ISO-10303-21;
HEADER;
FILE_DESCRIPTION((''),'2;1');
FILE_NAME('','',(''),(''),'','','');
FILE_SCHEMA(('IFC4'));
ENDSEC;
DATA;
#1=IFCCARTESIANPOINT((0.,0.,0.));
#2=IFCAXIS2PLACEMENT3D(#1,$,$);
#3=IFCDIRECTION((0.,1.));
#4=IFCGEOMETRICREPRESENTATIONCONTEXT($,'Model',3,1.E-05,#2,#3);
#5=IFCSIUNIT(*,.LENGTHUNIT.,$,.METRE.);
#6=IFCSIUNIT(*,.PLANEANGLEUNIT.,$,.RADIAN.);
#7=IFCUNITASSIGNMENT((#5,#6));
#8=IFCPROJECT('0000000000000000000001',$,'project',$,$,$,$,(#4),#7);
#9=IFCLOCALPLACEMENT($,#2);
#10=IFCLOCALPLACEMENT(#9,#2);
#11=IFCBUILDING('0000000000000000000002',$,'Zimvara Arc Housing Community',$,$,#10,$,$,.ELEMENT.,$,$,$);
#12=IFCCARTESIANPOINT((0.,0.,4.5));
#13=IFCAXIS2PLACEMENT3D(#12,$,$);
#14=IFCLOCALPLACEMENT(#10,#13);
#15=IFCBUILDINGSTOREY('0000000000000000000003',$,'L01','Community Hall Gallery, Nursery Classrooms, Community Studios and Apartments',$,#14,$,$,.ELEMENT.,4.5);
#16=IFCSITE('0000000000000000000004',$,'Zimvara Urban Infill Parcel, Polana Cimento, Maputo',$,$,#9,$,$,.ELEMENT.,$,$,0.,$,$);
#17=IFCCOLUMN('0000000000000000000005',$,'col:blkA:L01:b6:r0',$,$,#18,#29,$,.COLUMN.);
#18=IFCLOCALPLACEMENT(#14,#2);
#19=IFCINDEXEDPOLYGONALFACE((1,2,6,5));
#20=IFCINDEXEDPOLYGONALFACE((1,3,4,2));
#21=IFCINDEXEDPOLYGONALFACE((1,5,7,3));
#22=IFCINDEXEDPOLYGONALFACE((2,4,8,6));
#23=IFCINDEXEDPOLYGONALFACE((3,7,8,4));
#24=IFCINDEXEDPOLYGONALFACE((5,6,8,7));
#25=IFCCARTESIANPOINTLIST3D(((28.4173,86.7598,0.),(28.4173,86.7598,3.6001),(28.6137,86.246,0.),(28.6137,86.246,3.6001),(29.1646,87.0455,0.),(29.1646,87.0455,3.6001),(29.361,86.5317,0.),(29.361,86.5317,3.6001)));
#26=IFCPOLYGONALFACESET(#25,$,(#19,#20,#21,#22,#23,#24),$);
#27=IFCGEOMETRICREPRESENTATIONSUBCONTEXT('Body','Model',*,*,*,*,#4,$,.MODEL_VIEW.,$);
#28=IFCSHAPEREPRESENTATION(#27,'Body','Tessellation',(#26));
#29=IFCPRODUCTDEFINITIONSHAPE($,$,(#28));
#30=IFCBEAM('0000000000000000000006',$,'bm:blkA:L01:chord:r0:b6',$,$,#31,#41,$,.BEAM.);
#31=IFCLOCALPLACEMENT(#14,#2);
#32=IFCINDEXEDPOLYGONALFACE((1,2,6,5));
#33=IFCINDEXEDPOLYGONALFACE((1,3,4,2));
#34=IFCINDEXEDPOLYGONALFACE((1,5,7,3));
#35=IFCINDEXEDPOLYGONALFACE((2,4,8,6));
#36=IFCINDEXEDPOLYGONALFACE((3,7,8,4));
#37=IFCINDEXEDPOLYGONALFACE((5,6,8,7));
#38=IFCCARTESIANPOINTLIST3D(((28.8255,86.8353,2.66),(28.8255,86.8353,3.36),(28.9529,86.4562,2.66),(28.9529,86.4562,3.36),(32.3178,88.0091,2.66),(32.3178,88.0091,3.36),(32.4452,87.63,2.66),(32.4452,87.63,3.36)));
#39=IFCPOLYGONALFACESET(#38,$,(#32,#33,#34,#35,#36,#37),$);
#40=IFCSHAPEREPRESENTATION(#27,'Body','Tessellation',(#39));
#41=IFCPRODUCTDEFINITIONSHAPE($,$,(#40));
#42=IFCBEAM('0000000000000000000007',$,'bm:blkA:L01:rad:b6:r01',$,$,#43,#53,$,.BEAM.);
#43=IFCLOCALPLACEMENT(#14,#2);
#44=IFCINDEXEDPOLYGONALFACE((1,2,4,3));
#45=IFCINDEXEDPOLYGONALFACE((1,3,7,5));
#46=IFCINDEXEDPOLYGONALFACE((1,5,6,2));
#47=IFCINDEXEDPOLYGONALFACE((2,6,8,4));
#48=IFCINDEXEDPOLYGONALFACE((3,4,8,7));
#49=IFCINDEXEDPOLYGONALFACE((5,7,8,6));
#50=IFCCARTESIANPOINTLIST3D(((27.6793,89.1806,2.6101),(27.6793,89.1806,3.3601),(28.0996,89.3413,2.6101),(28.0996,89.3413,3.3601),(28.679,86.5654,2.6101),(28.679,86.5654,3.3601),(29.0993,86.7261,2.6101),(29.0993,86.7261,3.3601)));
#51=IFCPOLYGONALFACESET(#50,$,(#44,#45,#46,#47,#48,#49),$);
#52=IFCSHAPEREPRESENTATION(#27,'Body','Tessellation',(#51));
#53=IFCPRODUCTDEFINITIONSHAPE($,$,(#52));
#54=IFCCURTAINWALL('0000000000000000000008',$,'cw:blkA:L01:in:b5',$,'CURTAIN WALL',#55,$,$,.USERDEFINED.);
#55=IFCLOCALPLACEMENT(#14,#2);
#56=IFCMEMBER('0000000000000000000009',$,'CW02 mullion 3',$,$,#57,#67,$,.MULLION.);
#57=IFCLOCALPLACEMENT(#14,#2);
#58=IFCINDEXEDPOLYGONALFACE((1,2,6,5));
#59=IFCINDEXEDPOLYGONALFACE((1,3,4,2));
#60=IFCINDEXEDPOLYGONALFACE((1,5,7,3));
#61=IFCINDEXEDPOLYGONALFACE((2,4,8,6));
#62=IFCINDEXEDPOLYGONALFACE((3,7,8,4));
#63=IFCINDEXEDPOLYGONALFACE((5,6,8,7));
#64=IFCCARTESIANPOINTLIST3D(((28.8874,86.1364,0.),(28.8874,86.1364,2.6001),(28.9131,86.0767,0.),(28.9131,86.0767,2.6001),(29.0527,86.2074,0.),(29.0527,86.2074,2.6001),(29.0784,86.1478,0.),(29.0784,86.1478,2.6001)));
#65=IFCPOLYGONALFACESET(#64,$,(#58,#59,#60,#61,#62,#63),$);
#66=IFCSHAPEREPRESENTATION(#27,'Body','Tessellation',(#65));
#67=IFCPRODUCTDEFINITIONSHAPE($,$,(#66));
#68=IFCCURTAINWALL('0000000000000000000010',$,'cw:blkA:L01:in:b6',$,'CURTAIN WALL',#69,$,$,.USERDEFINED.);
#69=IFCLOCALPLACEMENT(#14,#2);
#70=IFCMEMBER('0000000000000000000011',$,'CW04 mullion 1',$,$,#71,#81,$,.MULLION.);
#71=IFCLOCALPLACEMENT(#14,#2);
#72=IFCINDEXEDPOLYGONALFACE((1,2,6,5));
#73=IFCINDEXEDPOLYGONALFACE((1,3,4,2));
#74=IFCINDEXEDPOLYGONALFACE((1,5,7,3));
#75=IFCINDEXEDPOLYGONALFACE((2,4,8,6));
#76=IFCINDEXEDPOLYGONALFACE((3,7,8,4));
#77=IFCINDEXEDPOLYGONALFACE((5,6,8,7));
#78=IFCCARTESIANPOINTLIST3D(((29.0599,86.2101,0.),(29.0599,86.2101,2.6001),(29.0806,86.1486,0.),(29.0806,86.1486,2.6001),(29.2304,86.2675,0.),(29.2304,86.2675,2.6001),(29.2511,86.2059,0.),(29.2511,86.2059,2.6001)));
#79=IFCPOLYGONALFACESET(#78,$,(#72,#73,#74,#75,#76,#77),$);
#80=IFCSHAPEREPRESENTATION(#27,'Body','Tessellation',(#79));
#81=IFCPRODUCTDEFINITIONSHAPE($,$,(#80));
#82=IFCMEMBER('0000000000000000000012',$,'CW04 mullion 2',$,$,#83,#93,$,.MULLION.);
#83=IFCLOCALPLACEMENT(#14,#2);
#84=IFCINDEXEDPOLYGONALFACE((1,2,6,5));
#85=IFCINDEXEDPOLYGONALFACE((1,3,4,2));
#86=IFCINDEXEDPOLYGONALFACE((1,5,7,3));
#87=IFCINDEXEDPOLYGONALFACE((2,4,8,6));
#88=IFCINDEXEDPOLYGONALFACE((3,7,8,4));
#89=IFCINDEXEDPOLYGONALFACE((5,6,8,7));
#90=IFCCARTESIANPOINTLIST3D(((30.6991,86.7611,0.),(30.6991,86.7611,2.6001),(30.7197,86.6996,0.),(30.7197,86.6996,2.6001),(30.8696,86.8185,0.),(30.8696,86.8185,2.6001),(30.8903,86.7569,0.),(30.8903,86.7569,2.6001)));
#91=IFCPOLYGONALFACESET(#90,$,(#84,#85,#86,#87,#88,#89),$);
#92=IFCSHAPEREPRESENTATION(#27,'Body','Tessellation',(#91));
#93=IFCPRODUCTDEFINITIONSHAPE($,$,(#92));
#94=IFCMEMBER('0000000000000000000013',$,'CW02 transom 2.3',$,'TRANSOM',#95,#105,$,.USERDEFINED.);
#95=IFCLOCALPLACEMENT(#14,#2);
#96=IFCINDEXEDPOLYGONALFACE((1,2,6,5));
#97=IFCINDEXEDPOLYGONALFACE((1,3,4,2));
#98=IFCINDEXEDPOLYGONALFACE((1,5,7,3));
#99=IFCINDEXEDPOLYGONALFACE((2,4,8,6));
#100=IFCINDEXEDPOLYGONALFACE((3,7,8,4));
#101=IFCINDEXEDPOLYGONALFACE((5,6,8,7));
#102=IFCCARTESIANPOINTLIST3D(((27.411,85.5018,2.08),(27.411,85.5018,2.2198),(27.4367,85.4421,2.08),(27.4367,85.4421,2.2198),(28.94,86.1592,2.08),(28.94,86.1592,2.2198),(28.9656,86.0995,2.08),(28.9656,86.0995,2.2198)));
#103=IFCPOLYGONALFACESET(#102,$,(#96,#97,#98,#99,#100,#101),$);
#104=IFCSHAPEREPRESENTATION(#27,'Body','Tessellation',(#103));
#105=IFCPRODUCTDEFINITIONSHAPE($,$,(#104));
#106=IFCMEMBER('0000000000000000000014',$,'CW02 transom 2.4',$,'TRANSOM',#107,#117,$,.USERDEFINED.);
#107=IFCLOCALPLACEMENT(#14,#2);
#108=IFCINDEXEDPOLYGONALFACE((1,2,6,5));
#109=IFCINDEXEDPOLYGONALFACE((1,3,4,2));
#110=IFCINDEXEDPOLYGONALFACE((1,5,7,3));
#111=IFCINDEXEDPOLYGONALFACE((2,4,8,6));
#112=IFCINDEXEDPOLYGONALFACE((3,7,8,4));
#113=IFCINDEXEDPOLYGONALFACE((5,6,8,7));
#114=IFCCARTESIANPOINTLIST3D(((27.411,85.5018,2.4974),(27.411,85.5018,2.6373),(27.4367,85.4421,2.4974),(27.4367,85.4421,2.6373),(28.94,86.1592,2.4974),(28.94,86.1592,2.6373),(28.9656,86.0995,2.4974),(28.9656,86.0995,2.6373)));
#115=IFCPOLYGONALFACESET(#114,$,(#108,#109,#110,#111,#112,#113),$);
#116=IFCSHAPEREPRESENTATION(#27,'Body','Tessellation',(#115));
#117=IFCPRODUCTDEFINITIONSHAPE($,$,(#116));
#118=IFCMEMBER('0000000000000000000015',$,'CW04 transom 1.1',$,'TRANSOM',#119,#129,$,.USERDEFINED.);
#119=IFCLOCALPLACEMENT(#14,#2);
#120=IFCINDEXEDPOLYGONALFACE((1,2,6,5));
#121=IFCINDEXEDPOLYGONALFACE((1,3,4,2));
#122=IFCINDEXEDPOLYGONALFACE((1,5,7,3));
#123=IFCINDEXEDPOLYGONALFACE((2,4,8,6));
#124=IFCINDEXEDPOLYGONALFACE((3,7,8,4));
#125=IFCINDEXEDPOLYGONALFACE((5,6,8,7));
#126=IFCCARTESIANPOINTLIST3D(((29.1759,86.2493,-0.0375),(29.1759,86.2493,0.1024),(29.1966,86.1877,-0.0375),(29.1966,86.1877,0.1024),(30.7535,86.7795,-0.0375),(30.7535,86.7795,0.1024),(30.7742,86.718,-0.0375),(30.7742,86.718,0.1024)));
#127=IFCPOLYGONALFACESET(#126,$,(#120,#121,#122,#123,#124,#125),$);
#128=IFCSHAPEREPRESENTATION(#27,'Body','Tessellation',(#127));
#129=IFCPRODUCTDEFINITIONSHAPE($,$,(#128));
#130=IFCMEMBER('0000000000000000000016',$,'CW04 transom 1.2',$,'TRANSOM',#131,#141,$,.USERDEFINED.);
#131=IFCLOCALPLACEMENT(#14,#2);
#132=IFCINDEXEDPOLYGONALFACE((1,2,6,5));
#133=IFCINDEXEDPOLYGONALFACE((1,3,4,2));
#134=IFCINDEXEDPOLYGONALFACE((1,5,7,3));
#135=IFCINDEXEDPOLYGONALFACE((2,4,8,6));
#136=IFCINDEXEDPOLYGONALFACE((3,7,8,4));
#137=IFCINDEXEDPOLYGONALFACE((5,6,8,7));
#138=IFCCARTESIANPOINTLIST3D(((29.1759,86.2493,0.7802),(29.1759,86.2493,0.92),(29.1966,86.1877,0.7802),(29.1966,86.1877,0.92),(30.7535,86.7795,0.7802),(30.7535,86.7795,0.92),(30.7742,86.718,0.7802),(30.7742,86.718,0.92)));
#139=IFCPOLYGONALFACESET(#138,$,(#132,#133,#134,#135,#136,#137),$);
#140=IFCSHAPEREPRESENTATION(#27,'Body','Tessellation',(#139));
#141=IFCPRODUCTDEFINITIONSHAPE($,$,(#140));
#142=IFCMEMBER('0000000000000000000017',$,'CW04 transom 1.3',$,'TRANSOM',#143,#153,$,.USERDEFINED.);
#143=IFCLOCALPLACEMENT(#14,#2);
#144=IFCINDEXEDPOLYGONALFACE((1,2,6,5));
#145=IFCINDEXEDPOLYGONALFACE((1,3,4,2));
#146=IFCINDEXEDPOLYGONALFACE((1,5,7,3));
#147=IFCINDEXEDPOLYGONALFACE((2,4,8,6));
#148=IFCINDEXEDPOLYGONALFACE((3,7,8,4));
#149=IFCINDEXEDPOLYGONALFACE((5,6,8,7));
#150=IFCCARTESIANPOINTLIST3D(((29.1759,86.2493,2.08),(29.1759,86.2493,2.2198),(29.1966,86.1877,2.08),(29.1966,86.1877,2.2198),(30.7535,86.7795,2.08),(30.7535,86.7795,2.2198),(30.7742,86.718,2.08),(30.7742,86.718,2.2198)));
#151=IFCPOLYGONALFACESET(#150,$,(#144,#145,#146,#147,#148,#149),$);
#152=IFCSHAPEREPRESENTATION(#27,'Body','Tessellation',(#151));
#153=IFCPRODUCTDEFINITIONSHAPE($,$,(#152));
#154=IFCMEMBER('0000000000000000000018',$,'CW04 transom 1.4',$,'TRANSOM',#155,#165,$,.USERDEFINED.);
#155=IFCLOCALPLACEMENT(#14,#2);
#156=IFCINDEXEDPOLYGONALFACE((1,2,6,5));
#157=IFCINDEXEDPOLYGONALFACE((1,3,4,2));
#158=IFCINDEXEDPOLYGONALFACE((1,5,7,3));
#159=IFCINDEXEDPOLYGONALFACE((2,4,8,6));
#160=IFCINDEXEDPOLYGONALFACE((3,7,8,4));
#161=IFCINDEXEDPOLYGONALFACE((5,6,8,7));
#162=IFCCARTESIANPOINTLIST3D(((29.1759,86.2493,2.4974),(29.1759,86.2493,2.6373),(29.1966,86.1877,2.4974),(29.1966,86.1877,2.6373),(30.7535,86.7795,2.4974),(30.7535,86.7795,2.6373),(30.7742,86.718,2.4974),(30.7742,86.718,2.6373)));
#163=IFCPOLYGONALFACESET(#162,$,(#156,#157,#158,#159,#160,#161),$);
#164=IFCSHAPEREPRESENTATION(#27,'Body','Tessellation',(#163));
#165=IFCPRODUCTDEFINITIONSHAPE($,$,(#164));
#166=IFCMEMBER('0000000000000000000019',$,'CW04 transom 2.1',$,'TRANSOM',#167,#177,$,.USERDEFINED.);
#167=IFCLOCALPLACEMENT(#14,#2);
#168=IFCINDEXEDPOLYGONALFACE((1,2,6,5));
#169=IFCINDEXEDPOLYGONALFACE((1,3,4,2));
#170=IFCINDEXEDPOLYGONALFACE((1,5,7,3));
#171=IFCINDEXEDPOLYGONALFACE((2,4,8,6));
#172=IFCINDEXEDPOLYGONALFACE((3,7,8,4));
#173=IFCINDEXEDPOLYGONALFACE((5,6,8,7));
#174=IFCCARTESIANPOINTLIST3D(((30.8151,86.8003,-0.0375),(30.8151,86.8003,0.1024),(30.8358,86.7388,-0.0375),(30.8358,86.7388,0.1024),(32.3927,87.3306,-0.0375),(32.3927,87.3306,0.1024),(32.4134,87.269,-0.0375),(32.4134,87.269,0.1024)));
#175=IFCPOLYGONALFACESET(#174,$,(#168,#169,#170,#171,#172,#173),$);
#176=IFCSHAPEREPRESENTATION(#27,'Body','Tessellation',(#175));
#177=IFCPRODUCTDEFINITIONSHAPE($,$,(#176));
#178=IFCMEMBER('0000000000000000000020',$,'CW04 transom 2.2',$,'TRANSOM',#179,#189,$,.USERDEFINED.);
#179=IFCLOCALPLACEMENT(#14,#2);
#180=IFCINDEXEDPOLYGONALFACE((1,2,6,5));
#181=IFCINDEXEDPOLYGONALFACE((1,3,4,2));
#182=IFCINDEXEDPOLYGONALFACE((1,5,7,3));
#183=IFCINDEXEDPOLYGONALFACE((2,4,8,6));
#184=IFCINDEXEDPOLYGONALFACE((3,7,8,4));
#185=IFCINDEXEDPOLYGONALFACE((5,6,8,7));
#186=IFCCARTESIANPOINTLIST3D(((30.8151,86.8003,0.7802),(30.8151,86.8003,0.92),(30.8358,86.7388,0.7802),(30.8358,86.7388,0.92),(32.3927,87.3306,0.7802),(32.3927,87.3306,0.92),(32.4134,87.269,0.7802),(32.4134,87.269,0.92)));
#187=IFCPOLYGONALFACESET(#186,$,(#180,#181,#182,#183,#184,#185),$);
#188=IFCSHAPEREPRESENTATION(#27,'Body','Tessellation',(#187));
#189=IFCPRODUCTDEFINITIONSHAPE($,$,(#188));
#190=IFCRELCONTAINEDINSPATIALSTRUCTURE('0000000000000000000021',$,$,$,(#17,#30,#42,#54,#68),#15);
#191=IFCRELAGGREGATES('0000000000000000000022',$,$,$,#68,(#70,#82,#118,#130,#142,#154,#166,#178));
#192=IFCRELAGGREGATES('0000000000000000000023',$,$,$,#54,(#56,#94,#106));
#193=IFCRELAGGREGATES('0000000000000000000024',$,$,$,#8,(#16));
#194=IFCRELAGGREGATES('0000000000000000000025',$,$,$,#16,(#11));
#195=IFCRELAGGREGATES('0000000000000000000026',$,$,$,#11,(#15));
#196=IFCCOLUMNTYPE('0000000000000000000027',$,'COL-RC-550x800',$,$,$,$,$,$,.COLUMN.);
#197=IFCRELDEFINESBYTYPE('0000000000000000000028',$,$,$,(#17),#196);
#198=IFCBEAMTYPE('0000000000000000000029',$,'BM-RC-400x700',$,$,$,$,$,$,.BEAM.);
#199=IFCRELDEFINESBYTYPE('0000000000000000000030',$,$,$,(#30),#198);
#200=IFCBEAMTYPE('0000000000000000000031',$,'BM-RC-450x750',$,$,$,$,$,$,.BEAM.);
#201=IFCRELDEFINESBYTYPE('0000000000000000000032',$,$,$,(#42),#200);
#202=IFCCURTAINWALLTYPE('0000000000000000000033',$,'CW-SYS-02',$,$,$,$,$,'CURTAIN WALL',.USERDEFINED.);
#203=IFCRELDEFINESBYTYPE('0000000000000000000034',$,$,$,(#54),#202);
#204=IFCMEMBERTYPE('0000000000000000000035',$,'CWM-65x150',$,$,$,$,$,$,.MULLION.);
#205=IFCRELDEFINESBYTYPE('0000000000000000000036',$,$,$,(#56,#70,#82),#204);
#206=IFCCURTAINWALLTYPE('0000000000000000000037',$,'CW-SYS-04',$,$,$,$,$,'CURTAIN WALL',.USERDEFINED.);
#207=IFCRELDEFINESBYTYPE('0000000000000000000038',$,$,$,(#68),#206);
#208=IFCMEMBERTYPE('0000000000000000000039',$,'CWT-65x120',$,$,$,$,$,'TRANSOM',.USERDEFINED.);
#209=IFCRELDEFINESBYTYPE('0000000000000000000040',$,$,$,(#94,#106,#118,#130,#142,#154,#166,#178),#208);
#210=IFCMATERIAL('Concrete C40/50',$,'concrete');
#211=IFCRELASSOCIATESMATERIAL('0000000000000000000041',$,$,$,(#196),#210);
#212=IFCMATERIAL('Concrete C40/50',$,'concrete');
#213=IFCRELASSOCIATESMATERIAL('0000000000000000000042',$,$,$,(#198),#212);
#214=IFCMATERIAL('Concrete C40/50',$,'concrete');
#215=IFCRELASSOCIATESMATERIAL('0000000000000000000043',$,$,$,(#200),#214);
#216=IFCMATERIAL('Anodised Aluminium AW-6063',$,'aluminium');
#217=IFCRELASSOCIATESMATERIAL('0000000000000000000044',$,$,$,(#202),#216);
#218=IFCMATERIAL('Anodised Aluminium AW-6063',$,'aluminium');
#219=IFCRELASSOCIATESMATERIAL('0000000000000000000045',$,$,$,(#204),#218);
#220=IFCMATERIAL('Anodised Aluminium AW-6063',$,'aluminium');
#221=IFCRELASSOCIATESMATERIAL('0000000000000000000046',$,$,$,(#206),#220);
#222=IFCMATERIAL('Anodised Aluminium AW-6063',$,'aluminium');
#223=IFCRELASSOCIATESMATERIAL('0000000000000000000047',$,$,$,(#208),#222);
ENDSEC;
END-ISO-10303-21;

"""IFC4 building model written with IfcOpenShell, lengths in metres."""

from ifc_helpers import new_model, si_unit, direction, frame, origin, origin_2d, place, context, subcontext, project, spatial, rectangle, extrude, material, material_profile, profile_set, type_object, element, aggregate, save


model = new_model("IFC4")

# Units and contexts
model_context = context("Model", 3, precision=1e-05, world=origin(), true_north=direction((0.0, 1.0)))
body_context = subcontext(model_context, "Body", "Model", "MODEL_VIEW")
ifc_project = project(units=[si_unit("LENGTHUNIT", "METRE"), si_unit("PLANEANGLEUNIT", "RADIAN")], contexts=[model_context])

# Site, building, storey
site_placement = place(None, origin())
site = spatial("IfcSite", under=ifc_project, at=site_placement, Name="Zimvara Urban Infill Parcel, Polana Cimento, Maputo", CompositionType="ELEMENT", RefElevation=0.0)
building_placement = place(site_placement, origin())
building = spatial("IfcBuilding", under=site, at=building_placement, Name="Zimvara Arc Housing Community", CompositionType="ELEMENT")
storey_placement = place(building_placement, frame((0.0, 0.0, 4.5)))
storey = spatial("IfcBuildingStorey", under=building, at=storey_placement, Name="L01", Description="Community Hall Gallery, Nursery Classrooms, Community Studios and Apartments", CompositionType="ELEMENT", Elevation=4.5)

# Column
ifc_material_1 = material(Name="Concrete C40/50", Category="concrete")
ifc_material_profile_1 = material_profile(ifc_material_1, rectangle(XDim=0.55, YDim=0.8, at=origin_2d()), Name="RC 550x800")
ifc_profile_set_1 = profile_set([ifc_material_profile_1], Name="Concrete C40/50")
column_type = type_object("IfcColumnType", Name="COL-RC-550x800", PredefinedType="COLUMN", material=ifc_profile_set_1)
column_placement = place(storey_placement, frame((28.8892, 86.6458, 0.0), z_axis=(0.0, 0.0, 1.0), x_axis=(-0.357064, 0.93408, 0.0)))
element("IfcColumn", 1, at=column_placement, inside=storey, type_object=column_type, Name="col:blkA:L01:b6:r0", PredefinedType="COLUMN", context=body_context, shape_type="SweptSolid", body=[
    extrude(rectangle(XDim=0.55, YDim=0.8, at=origin_2d()), origin(), (0.0, 0.0, 1.0), 3.6001),
])

# Beams
ifc_material_2 = material(Name="Concrete C40/50", Category="concrete")
ifc_material_profile_2 = material_profile(ifc_material_2, rectangle(XDim=0.3999, YDim=0.7, at=origin_2d()), Name="RC 400x700")
ifc_profile_set_2 = profile_set([ifc_material_profile_2], Name="Concrete C40/50")
beam_type_1 = type_object("IfcBeamType", Name="BM-RC-400x700", PredefinedType="BEAM", material=ifc_profile_set_2)
beam_1_placement = place(storey_placement, frame((28.8892, 86.6458, 3.01), z_axis=(0.947892, 0.318592, 0.0), x_axis=(-0.318592, 0.947892, 0.0)))
element("IfcBeam", 2, at=beam_1_placement, inside=storey, type_object=beam_type_1, Name="bm:blkA:L01:chord:r0:b6", PredefinedType="BEAM", context=body_context, shape_type="SweptSolid", body=[
    extrude(rectangle(XDim=0.3999, YDim=0.7, at=origin_2d()), origin(), (0.0, 0.0, 1.0), 3.6843),
])
ifc_material_3 = material(Name="Concrete C40/50", Category="concrete")
ifc_material_profile_3 = material_profile(ifc_material_3, rectangle(XDim=0.45, YDim=0.75, at=origin_2d()), Name="RC 450x750")
ifc_profile_set_3 = profile_set([ifc_material_profile_3], Name="Concrete C40/50")
beam_type_2 = type_object("IfcBeamType", Name="BM-RC-450x750", PredefinedType="BEAM", material=ifc_profile_set_3)
beam_2_placement = place(storey_placement, frame((28.8892, 86.6458, 2.9851), z_axis=(-0.357079, 0.934074, 0.0), x_axis=(-0.934074, -0.357079, 0.0)))
element("IfcBeam", 3, at=beam_2_placement, inside=storey, type_object=beam_type_2, Name="bm:blkA:L01:rad:b6:r01", PredefinedType="BEAM", context=body_context, shape_type="SweptSolid", body=[
    extrude(rectangle(XDim=0.45, YDim=0.75, at=origin_2d()), origin(), (0.0, 0.0, 1.0), 2.7998),
])

# Curtain wall, member
ifc_material_4 = material(Name="Anodised Aluminium AW-6063", Category="aluminium")
curtain_wall_type_1 = type_object("IfcCurtainWallType", Name="CW-SYS-02", ElementType="CURTAIN WALL", PredefinedType="USERDEFINED", material=ifc_material_4)
curtain_wall_1_placement = place(storey_placement, origin())
curtain_wall_1 = element("IfcCurtainWall", 4, at=curtain_wall_1_placement, inside=storey, type_object=curtain_wall_type_1, Name="cw:blkA:L01:in:b5", ObjectType="CURTAIN WALL", PredefinedType="USERDEFINED")
ifc_material_5 = material(Name="Anodised Aluminium AW-6063", Category="aluminium")
ifc_material_profile_4 = material_profile(ifc_material_5, rectangle(XDim=0.0649, YDim=0.1799, at=origin_2d()), Name="ALU 65x180")
ifc_profile_set_4 = profile_set([ifc_material_profile_4], Name="Anodised Aluminium AW-6063")
member_type_1 = type_object("IfcMemberType", Name="CWM-65x150", PredefinedType="MULLION", material=ifc_profile_set_4)
member_1_placement = place(storey_placement, frame((28.9829, 86.1421, 0.0), z_axis=(0.0, 0.0, 1.0), x_axis=(-0.394904, 0.918722, 0.0)))
member_1 = element("IfcMember", 5, at=member_1_placement, type_object=member_type_1, Name="CW02 mullion 3", PredefinedType="MULLION", context=body_context, shape_type="SweptSolid", body=[
    extrude(rectangle(XDim=0.0649, YDim=0.1799, at=origin_2d()), origin(), (0.0, 0.0, 1.0), 2.6001),
])

# Curtain wall, members
ifc_material_6 = material(Name="Anodised Aluminium AW-6063", Category="aluminium")
curtain_wall_type_2 = type_object("IfcCurtainWallType", Name="CW-SYS-04", ElementType="CURTAIN WALL", PredefinedType="USERDEFINED", material=ifc_material_6)
curtain_wall_2_placement = place(storey_placement, origin())
curtain_wall_2 = element("IfcCurtainWall", 6, at=curtain_wall_2_placement, inside=storey, type_object=curtain_wall_type_2, Name="cw:blkA:L01:in:b6", ObjectType="CURTAIN WALL", PredefinedType="USERDEFINED")
member_2_placement = place(storey_placement, frame((29.1555, 86.208, 0.0), z_axis=(0.0, 0.0, 1.0), x_axis=(-0.31863, 0.947879, 0.0)))
member_2 = element("IfcMember", 7, at=member_2_placement, type_object=member_type_1, Name="CW04 mullion 1", PredefinedType="MULLION", context=body_context, shape_type="SweptSolid", body=[
    extrude(rectangle(XDim=0.0649, YDim=0.1799, at=origin_2d()), origin(), (0.0, 0.0, 1.0), 2.6001),
])
member_3_placement = place(storey_placement, frame((30.7947, 86.759, 0.0), z_axis=(0.0, 0.0, 1.0), x_axis=(-0.31863, 0.947879, 0.0)))
member_3 = element("IfcMember", 8, at=member_3_placement, type_object=member_type_1, Name="CW04 mullion 2", PredefinedType="MULLION", context=body_context, shape_type="SweptSolid", body=[
    extrude(rectangle(XDim=0.0649, YDim=0.1799, at=origin_2d()), origin(), (0.0, 0.0, 1.0), 2.6001),
])

# Members
ifc_material_7 = material(Name="Anodised Aluminium AW-6063", Category="aluminium")
ifc_material_profile_5 = material_profile(ifc_material_7, rectangle(XDim=0.0649, YDim=0.1399, at=origin_2d()), Name="ALU 65x140")
ifc_profile_set_5 = profile_set([ifc_material_profile_5], Name="Anodised Aluminium AW-6063")
member_type_2 = type_object("IfcMemberType", Name="CWT-65x120", ElementType="TRANSOM", PredefinedType="USERDEFINED", material=ifc_profile_set_5)
member_4_placement = place(storey_placement, frame((27.4238, 85.4719, 2.1499), z_axis=(0.918674, 0.395017, 0.0), x_axis=(-0.395017, 0.918674, 0.0)))
member_4 = element("IfcMember", 9, at=member_4_placement, type_object=member_type_2, Name="CW02 transom 2.3", ObjectType="TRANSOM", PredefinedType="USERDEFINED", context=body_context, shape_type="SweptSolid", body=[
    extrude(rectangle(XDim=0.0649, YDim=0.1399, at=origin_2d()), origin(), (0.0, 0.0, 1.0), 1.6643),
])
member_5_placement = place(storey_placement, frame((27.4238, 85.4719, 2.5674), z_axis=(0.918674, 0.395017, 0.0), x_axis=(-0.395017, 0.918674, 0.0)))
member_5 = element("IfcMember", 10, at=member_5_placement, type_object=member_type_2, Name="CW02 transom 2.4", ObjectType="TRANSOM", PredefinedType="USERDEFINED", context=body_context, shape_type="SweptSolid", body=[
    extrude(rectangle(XDim=0.0649, YDim=0.1399, at=origin_2d()), origin(), (0.0, 0.0, 1.0), 1.6643),
])
member_6_placement = place(storey_placement, frame((29.1863, 86.2185, 0.0325), z_axis=(0.947888, 0.318603, 0.0), x_axis=(-0.318603, 0.947888, 0.0)))
member_6 = element("IfcMember", 11, at=member_6_placement, type_object=member_type_2, Name="CW04 transom 1.1", ObjectType="TRANSOM", PredefinedType="USERDEFINED", context=body_context, shape_type="SweptSolid", body=[
    extrude(rectangle(XDim=0.0649, YDim=0.1399, at=origin_2d()), origin(), (0.0, 0.0, 1.0), 1.6643),
])
member_7_placement = place(storey_placement, frame((29.1863, 86.2185, 0.8501), z_axis=(0.947888, 0.318603, 0.0), x_axis=(-0.318603, 0.947888, 0.0)))
member_7 = element("IfcMember", 12, at=member_7_placement, type_object=member_type_2, Name="CW04 transom 1.2", ObjectType="TRANSOM", PredefinedType="USERDEFINED", context=body_context, shape_type="SweptSolid", body=[
    extrude(rectangle(XDim=0.0649, YDim=0.1399, at=origin_2d()), origin(), (0.0, 0.0, 1.0), 1.6643),
])
member_8_placement = place(storey_placement, frame((29.1863, 86.2185, 2.1499), z_axis=(0.947888, 0.318603, 0.0), x_axis=(-0.318603, 0.947888, 0.0)))
member_8 = element("IfcMember", 13, at=member_8_placement, type_object=member_type_2, Name="CW04 transom 1.3", ObjectType="TRANSOM", PredefinedType="USERDEFINED", context=body_context, shape_type="SweptSolid", body=[
    extrude(rectangle(XDim=0.0649, YDim=0.1399, at=origin_2d()), origin(), (0.0, 0.0, 1.0), 1.6643),
])
member_9_placement = place(storey_placement, frame((29.1863, 86.2185, 2.5674), z_axis=(0.947888, 0.318603, 0.0), x_axis=(-0.318603, 0.947888, 0.0)))
member_9 = element("IfcMember", 14, at=member_9_placement, type_object=member_type_2, Name="CW04 transom 1.4", ObjectType="TRANSOM", PredefinedType="USERDEFINED", context=body_context, shape_type="SweptSolid", body=[
    extrude(rectangle(XDim=0.0649, YDim=0.1399, at=origin_2d()), origin(), (0.0, 0.0, 1.0), 1.6643),
])
member_10_placement = place(storey_placement, frame((30.8254, 86.7695, 0.0325), z_axis=(0.947888, 0.318603, 0.0), x_axis=(-0.318603, 0.947888, 0.0)))
member_10 = element("IfcMember", 15, at=member_10_placement, type_object=member_type_2, Name="CW04 transom 2.1", ObjectType="TRANSOM", PredefinedType="USERDEFINED", context=body_context, shape_type="SweptSolid", body=[
    extrude(rectangle(XDim=0.0649, YDim=0.1399, at=origin_2d()), origin(), (0.0, 0.0, 1.0), 1.6643),
])
member_11_placement = place(storey_placement, frame((30.8254, 86.7695, 0.8501), z_axis=(0.947888, 0.318603, 0.0), x_axis=(-0.318603, 0.947888, 0.0)))
member_11 = element("IfcMember", 16, at=member_11_placement, type_object=member_type_2, Name="CW04 transom 2.2", ObjectType="TRANSOM", PredefinedType="USERDEFINED", context=body_context, shape_type="SweptSolid", body=[
    extrude(rectangle(XDim=0.0649, YDim=0.1399, at=origin_2d()), origin(), (0.0, 0.0, 1.0), 1.6643),
])

aggregate(curtain_wall_2, [member_2, member_3, member_6, member_7, member_8, member_9, member_10, member_11])
aggregate(curtain_wall_1, [member_1, member_4, member_5])

save(model, "model.ifc")
